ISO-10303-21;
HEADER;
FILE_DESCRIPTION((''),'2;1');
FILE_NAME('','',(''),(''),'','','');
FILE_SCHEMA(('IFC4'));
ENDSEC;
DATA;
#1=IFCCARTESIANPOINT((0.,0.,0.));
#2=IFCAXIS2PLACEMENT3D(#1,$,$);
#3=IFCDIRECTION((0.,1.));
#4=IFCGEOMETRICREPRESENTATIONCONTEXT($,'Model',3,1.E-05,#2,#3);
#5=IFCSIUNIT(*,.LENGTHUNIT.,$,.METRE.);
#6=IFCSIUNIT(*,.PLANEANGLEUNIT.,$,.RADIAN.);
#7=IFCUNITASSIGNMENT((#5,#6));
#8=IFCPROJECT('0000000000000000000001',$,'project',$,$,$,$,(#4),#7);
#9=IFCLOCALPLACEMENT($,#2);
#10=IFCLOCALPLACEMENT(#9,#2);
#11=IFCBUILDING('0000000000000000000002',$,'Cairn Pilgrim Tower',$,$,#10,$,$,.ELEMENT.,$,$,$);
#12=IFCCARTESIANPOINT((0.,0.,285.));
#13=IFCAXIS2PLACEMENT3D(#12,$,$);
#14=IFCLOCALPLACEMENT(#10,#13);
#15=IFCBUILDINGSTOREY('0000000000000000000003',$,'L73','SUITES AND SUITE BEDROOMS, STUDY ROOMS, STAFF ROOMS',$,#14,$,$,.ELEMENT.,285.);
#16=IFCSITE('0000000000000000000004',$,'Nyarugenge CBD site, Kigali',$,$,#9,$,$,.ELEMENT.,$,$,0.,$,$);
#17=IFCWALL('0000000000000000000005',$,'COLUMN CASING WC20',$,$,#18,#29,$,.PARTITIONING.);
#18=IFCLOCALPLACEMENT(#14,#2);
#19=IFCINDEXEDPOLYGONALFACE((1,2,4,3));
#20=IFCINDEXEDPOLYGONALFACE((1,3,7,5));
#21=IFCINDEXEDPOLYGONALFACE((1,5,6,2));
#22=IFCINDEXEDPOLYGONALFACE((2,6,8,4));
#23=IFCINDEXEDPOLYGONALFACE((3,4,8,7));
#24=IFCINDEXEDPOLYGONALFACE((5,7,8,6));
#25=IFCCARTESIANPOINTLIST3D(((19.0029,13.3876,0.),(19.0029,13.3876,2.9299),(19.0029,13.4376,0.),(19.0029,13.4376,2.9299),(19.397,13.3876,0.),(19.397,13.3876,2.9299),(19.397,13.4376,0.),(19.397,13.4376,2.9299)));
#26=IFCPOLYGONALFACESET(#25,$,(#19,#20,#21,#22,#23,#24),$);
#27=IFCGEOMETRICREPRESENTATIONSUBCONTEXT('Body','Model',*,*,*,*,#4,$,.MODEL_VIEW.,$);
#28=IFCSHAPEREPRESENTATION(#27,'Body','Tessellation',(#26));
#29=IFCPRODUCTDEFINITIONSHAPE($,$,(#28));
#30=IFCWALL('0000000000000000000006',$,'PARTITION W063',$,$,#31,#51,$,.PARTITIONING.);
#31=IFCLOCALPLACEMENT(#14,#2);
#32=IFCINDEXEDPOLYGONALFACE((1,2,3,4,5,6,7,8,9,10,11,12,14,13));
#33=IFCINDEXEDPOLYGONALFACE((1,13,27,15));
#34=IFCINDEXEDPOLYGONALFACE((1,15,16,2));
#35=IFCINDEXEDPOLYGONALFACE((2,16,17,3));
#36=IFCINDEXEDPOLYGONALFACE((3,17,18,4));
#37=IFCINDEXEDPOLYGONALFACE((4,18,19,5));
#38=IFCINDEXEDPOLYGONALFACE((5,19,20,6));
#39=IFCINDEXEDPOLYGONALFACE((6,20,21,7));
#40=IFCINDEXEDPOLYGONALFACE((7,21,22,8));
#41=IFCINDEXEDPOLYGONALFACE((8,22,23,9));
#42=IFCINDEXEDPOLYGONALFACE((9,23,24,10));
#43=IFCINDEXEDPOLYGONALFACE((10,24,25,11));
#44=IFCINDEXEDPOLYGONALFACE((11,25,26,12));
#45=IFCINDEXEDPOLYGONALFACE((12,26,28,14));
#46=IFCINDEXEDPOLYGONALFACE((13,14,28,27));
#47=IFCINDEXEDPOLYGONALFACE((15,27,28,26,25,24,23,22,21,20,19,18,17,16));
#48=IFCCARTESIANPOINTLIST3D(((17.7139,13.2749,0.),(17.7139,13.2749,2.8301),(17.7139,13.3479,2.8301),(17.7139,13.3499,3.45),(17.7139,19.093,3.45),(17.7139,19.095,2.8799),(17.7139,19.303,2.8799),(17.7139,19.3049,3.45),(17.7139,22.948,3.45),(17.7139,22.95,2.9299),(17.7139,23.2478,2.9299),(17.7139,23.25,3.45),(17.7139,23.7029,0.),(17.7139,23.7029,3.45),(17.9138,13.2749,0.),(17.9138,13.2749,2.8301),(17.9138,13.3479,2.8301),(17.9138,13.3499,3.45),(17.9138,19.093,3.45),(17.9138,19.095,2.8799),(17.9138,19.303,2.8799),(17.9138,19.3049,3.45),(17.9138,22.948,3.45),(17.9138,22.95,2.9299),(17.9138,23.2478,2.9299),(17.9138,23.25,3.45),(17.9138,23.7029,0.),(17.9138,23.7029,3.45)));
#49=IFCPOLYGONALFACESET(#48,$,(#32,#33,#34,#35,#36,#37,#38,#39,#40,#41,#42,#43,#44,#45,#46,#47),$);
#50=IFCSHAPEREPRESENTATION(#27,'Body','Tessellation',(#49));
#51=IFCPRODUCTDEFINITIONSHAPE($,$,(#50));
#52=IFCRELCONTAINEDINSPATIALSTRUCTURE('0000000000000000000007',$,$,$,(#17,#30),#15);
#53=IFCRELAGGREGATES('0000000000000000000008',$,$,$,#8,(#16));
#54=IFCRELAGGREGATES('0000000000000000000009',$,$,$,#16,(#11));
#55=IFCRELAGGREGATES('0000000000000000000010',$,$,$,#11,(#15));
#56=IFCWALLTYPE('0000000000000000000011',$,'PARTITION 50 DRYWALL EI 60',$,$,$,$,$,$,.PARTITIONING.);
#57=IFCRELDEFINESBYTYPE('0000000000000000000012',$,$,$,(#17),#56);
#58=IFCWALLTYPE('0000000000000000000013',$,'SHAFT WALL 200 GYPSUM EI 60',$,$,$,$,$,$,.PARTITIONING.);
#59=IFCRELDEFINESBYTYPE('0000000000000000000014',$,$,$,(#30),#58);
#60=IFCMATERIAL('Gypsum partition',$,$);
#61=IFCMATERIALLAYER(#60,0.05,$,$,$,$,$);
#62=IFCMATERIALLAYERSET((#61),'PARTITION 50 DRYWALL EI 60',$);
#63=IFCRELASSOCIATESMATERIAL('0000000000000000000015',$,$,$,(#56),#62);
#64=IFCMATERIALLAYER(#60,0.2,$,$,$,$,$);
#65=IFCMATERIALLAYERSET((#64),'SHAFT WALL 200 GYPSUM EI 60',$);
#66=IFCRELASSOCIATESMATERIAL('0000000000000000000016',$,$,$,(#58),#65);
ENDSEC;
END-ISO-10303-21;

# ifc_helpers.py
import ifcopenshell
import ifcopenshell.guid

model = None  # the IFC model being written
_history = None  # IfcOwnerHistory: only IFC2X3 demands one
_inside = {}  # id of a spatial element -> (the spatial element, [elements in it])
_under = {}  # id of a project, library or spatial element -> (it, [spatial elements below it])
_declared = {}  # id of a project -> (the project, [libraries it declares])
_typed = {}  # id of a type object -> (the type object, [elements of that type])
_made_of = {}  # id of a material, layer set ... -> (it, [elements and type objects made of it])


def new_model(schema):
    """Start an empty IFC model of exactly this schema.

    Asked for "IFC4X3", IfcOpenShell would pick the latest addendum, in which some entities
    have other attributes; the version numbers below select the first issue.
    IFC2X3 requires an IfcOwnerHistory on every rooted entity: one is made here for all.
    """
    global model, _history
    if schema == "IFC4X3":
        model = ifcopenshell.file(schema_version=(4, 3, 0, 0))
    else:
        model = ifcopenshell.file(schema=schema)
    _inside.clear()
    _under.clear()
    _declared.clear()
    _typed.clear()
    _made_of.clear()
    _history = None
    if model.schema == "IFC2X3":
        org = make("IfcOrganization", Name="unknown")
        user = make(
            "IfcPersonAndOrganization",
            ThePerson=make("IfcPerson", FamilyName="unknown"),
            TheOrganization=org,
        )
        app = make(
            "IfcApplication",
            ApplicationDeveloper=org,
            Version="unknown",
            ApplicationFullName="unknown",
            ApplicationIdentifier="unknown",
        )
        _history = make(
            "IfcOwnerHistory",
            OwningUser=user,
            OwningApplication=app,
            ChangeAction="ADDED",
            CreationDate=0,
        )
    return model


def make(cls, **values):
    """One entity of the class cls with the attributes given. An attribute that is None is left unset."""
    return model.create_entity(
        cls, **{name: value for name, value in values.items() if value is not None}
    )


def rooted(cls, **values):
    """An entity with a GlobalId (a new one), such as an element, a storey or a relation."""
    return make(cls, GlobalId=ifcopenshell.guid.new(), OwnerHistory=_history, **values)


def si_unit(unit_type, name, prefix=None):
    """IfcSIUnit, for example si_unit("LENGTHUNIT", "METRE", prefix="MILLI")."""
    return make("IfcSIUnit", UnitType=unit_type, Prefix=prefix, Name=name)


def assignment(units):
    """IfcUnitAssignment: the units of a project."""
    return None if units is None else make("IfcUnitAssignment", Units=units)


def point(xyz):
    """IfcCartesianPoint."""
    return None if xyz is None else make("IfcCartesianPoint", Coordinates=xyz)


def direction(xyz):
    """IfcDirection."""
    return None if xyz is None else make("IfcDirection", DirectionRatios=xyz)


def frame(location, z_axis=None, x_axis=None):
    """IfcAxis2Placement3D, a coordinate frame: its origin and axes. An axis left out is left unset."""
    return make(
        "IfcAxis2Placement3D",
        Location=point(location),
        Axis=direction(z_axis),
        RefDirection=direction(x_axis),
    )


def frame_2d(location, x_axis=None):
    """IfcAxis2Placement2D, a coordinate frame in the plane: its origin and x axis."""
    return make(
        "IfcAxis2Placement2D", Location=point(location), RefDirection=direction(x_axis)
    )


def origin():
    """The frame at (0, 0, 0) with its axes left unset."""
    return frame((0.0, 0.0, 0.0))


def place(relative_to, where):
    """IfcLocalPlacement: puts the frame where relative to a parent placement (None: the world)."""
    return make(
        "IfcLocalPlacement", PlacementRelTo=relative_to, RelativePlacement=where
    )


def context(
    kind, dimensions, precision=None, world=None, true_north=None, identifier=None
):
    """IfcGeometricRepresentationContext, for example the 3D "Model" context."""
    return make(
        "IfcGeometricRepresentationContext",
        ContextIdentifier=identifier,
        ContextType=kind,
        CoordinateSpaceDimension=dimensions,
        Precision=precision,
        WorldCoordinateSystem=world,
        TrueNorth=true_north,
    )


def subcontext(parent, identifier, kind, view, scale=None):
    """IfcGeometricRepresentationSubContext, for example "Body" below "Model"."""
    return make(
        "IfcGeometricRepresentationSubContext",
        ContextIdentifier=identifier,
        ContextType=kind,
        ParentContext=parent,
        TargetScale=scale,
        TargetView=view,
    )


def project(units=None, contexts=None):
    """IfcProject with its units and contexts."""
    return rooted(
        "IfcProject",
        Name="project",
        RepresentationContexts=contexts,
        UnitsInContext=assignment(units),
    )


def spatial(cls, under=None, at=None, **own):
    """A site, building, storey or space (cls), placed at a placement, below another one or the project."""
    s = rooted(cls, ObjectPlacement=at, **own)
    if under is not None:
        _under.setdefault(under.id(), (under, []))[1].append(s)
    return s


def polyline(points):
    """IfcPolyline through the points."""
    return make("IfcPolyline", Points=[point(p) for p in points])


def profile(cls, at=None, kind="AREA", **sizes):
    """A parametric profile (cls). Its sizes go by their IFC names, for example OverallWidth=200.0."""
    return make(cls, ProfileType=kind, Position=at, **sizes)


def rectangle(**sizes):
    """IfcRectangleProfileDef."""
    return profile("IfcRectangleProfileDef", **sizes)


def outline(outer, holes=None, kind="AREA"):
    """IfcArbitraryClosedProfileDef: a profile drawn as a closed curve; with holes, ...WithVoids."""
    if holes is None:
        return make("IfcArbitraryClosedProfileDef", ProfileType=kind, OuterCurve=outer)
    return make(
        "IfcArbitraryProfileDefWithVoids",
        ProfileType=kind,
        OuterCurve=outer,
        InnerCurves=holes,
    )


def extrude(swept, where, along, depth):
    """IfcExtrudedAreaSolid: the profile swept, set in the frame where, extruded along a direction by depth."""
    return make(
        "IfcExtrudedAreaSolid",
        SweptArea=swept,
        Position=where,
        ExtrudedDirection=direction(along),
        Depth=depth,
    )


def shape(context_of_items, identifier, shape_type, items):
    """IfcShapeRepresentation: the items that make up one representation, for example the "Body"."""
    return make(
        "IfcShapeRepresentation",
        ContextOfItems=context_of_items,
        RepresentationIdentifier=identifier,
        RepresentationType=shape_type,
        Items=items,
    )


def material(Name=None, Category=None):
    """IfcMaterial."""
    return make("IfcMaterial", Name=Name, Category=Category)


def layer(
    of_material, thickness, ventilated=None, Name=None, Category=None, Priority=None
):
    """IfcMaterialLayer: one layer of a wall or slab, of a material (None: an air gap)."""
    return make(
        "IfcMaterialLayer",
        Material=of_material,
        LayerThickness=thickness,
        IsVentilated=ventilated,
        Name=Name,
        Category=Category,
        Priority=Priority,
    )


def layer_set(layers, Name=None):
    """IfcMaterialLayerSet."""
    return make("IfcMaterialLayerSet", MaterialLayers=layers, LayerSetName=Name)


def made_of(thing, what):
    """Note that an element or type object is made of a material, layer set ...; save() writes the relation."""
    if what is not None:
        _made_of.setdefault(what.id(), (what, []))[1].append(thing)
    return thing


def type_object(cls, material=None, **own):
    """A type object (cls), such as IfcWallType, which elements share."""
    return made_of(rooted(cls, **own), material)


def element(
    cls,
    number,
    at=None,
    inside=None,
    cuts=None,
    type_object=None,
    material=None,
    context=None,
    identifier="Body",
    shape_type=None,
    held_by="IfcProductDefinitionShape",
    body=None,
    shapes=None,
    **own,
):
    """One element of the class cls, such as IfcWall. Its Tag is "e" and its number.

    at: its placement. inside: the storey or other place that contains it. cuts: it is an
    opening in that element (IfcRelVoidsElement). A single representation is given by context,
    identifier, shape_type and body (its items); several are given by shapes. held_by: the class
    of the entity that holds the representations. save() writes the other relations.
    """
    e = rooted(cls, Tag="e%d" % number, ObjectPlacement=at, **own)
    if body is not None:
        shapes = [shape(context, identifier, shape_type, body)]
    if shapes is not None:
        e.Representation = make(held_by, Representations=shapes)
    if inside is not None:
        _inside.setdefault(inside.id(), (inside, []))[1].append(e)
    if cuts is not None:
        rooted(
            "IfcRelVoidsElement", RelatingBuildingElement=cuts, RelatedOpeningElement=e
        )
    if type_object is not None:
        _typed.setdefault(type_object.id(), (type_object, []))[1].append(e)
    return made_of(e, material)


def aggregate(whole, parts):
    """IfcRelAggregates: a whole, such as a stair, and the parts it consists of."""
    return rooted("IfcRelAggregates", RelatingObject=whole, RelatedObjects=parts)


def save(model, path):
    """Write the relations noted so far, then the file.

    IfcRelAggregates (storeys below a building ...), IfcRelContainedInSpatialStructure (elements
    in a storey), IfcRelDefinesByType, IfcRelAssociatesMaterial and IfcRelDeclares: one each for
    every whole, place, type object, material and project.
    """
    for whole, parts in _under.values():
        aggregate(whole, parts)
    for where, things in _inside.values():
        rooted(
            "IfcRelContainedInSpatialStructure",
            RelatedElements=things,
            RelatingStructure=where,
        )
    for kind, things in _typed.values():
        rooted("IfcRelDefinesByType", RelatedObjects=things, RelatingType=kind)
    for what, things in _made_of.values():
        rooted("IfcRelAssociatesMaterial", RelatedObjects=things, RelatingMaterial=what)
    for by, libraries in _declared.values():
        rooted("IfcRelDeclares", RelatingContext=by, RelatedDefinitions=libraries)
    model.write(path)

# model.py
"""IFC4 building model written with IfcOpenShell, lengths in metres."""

from ifc_helpers import new_model, si_unit, direction, frame, frame_2d, origin, place, context, subcontext, project, spatial, polyline, rectangle, outline, extrude, material, layer, layer_set, type_object, element, save


model = new_model("IFC4")

# Units and contexts
model_context = context("Model", 3, precision=1e-05, world=origin(), true_north=direction((0.0, 1.0)))
body_context = subcontext(model_context, "Body", "Model", "MODEL_VIEW")
ifc_project = project(units=[si_unit("LENGTHUNIT", "METRE"), si_unit("PLANEANGLEUNIT", "RADIAN")], contexts=[model_context])

# Site, building, storey
site_placement = place(None, origin())
site = spatial("IfcSite", under=ifc_project, at=site_placement, Name="Nyarugenge CBD site, Kigali", CompositionType="ELEMENT", RefElevation=0.0)
building_placement = place(site_placement, origin())
building = spatial("IfcBuilding", under=site, at=building_placement, Name="Cairn Pilgrim Tower", CompositionType="ELEMENT")
storey_placement = place(building_placement, frame((0.0, 0.0, 285.0)))
storey = spatial("IfcBuildingStorey", under=building, at=storey_placement, Name="L73", Description="SUITES AND SUITE BEDROOMS, STUDY ROOMS, STAFF ROOMS", CompositionType="ELEMENT", Elevation=285.0)

# Shared definitions
ifc_material_1 = material(Name="Gypsum partition")

# Walls
ifc_layer_1 = layer(ifc_material_1, 0.05)
ifc_layer_set_1 = layer_set([ifc_layer_1], Name="PARTITION 50 DRYWALL EI 60")
wall_type_1 = type_object("IfcWallType", Name="PARTITION 50 DRYWALL EI 60", PredefinedType="PARTITIONING", material=ifc_layer_set_1)
wall_1_placement = place(storey_placement, frame((19.0029, 13.4126, 0.0), z_axis=(0.0, 0.0, 1.0), x_axis=(1.0, 0.0, 0.0)))
element("IfcWall", 1, at=wall_1_placement, inside=storey, type_object=wall_type_1, Name="COLUMN CASING WC20", PredefinedType="PARTITIONING", context=body_context, shape_type="SweptSolid", body=[
    extrude(rectangle(XDim=0.394, YDim=0.05, at=frame_2d((0.197, 0.0))), origin(), (0.0, 0.0, 1.0), 2.9299),
])
ifc_layer_2 = layer(ifc_material_1, 0.2)
ifc_layer_set_2 = layer_set([ifc_layer_2], Name="SHAFT WALL 200 GYPSUM EI 60")
wall_type_2 = type_object("IfcWallType", Name="SHAFT WALL 200 GYPSUM EI 60", PredefinedType="PARTITIONING", material=ifc_layer_set_2)
wall_2_placement = place(storey_placement, frame((17.814, 13.2749, 0.0), z_axis=(0.0, 0.0, 1.0), x_axis=(0.0, 1.0, 0.0)))
element("IfcWall", 2, at=wall_2_placement, inside=storey, type_object=wall_type_2, Name="PARTITION W063", PredefinedType="PARTITIONING", context=body_context, shape_type="SweptSolid", body=[
    extrude(outline(polyline([(0.0, 0.0), (10.428, 0.0), (10.428, 3.45), (9.9751, 3.45), (9.9729, 2.9299), (9.675, 2.9299), (9.6731, 3.45), (6.03, 3.45), (6.0281, 2.8799), (5.8201, 2.8799), (5.8181, 3.45), (0.075, 3.45), (0.073, 2.8301), (0.0, 2.8301), (0.0, 0.0)])), frame((0.0, 0.1001, 0.0), z_axis=(0.0, -1.0, 0.0), x_axis=(1.0, 0.0, 0.0)), (0.0, 0.0, 1.0), 0.2),
])

save(model, "model.ifc")
